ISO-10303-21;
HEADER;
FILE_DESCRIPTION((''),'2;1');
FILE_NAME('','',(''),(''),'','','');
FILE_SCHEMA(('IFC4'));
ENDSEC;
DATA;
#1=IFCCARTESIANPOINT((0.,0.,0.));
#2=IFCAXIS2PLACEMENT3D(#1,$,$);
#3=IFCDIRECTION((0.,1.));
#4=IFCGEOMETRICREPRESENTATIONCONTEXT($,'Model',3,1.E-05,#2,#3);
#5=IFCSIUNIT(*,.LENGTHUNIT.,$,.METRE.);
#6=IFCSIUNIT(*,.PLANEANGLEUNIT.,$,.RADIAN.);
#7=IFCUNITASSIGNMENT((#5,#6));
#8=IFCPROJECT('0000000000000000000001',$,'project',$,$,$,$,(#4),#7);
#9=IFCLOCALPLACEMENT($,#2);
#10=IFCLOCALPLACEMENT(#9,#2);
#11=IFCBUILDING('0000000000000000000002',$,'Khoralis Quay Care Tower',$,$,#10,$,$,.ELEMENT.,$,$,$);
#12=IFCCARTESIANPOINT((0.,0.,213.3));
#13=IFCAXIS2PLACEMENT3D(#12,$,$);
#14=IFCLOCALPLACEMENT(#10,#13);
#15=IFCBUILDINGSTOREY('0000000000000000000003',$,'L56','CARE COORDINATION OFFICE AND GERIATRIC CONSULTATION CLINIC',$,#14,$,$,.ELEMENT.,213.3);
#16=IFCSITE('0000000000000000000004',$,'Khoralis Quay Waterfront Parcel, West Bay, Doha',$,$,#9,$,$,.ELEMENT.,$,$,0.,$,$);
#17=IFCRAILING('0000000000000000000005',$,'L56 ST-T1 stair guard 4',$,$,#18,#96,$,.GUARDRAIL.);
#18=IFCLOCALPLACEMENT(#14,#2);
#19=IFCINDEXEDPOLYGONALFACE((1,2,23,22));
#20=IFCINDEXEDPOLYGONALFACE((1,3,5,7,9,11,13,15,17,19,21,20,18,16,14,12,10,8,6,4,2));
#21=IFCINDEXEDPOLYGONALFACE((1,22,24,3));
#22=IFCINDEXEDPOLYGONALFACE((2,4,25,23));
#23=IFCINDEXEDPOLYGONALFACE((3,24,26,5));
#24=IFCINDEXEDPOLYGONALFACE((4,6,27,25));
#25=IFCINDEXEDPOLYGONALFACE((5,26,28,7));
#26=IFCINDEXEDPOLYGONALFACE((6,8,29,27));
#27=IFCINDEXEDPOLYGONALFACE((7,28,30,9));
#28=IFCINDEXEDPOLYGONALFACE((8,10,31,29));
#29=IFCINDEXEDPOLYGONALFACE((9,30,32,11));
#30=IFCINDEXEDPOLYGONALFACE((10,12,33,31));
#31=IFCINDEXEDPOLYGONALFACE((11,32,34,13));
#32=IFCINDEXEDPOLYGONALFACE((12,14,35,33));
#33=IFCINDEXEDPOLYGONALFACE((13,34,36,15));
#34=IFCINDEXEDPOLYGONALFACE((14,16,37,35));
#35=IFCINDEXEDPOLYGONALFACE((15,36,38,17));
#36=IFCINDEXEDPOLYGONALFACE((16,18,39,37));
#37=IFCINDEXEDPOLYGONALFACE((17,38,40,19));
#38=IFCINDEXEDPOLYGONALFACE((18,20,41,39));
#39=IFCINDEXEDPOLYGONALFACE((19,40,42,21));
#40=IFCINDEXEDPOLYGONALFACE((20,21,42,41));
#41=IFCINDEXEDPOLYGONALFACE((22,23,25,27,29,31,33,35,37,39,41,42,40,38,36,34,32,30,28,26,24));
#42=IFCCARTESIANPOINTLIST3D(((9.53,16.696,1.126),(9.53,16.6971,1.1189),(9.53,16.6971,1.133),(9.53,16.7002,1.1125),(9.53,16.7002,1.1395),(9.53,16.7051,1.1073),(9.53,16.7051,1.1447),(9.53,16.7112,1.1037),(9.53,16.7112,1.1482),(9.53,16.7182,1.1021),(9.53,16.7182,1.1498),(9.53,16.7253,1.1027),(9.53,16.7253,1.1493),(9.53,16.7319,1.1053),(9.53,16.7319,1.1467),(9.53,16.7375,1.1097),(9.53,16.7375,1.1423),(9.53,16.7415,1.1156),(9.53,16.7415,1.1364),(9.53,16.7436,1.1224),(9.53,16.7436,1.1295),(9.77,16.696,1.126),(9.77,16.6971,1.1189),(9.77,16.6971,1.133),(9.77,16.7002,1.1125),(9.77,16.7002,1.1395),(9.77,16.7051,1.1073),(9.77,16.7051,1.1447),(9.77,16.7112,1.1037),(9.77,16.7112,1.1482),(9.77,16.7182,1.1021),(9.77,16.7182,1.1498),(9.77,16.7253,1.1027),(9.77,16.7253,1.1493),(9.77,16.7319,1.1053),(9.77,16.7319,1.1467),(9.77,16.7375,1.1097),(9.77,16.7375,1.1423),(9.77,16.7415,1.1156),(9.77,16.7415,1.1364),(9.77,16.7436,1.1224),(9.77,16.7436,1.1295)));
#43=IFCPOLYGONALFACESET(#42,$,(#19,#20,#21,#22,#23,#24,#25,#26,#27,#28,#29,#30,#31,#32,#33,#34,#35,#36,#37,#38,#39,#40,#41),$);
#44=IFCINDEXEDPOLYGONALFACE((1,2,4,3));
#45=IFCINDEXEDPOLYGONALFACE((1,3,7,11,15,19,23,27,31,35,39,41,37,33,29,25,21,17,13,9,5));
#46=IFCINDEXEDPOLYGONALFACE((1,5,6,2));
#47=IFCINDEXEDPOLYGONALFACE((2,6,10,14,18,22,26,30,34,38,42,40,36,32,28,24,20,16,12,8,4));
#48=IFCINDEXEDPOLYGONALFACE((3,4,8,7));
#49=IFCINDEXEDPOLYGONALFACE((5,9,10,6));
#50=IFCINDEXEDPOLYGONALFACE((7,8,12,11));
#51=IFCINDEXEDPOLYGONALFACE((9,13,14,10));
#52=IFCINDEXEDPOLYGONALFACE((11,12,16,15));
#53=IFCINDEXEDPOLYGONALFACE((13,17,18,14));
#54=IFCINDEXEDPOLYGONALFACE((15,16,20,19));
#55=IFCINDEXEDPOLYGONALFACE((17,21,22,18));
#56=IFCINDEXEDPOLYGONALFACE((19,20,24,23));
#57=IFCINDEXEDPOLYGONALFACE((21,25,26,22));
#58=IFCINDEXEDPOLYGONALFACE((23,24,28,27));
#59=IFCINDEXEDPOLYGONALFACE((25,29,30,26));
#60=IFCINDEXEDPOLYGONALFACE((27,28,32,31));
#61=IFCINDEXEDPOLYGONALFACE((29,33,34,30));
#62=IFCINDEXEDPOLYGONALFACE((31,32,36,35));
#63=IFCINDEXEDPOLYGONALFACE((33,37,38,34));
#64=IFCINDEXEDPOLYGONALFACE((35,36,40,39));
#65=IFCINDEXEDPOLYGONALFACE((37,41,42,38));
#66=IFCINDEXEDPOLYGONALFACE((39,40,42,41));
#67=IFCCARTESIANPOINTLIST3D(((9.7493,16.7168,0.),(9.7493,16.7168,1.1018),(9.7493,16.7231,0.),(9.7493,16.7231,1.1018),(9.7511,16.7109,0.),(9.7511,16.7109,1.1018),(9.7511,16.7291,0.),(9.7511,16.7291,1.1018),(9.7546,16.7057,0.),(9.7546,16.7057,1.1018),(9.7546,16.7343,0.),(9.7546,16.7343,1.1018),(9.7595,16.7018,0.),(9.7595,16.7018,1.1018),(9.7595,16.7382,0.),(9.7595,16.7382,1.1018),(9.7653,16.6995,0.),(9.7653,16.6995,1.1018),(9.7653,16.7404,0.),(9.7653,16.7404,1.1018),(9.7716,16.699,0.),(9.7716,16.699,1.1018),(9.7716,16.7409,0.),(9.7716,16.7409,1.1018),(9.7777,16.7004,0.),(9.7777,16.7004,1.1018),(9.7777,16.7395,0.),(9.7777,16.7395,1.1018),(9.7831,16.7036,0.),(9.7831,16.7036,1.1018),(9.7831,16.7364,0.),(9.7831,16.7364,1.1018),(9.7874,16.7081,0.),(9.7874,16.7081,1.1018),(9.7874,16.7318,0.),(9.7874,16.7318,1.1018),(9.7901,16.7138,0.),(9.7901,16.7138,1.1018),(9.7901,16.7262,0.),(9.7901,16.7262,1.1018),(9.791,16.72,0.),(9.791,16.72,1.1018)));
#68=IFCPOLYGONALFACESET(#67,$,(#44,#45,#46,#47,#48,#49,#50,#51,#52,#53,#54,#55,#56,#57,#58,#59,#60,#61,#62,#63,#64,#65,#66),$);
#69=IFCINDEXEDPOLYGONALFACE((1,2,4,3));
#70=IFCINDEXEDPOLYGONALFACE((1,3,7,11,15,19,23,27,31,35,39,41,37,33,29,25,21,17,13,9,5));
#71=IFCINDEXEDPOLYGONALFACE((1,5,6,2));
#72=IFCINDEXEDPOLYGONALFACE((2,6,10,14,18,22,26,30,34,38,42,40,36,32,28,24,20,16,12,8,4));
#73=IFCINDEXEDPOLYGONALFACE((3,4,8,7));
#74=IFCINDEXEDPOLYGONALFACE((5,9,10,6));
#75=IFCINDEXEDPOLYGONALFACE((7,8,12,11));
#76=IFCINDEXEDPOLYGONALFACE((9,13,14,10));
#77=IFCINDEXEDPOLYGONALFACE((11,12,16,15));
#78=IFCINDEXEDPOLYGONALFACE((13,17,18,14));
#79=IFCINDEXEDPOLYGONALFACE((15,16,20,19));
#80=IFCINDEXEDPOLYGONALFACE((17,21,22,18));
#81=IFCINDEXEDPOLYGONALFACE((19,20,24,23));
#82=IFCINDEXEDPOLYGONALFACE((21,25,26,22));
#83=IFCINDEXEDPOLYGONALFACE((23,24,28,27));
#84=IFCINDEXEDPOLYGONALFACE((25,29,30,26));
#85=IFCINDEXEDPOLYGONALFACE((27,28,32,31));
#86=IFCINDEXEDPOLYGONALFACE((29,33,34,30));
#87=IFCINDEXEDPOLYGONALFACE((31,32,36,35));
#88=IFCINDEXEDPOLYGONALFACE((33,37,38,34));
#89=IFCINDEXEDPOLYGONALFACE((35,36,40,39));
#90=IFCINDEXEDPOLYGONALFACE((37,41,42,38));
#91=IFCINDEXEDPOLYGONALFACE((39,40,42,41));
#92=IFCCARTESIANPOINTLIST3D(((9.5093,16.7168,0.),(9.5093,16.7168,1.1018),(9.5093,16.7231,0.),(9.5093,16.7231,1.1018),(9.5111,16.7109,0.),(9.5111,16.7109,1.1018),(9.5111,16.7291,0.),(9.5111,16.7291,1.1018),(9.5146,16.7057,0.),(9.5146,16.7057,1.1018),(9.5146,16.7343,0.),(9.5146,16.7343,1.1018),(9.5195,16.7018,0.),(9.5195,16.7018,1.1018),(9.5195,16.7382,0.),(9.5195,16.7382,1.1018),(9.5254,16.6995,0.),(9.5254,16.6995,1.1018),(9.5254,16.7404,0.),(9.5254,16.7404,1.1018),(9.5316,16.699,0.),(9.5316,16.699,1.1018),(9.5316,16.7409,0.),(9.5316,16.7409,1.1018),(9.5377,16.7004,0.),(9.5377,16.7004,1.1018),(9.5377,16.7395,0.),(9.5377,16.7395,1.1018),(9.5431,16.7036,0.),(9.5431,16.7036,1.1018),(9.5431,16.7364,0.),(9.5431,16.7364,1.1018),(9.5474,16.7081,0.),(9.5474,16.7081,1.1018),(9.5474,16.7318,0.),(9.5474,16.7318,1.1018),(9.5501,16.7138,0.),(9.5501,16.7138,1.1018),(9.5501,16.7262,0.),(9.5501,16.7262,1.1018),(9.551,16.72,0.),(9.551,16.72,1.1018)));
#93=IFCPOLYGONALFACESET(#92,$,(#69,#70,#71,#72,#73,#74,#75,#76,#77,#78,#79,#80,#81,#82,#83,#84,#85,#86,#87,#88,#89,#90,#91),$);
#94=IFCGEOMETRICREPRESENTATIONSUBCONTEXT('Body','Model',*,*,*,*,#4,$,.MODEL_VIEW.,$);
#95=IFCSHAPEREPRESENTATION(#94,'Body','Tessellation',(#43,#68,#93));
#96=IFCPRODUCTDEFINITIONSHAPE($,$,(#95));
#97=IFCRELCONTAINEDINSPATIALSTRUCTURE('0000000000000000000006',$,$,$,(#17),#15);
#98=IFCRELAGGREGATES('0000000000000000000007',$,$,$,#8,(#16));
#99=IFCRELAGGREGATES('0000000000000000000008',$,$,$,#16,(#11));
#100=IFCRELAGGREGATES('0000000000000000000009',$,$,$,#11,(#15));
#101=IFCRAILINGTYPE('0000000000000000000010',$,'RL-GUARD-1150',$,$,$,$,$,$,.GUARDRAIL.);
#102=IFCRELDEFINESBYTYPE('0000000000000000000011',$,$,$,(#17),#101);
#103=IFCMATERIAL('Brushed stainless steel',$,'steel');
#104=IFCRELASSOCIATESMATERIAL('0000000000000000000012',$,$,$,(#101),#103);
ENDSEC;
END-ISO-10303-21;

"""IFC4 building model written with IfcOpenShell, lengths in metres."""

from ifc_helpers import new_model, si_unit, direction, frame, origin, origin_2d, place, context, subcontext, project, spatial, circle, extrude, material, type_object, element, save


model = new_model("IFC4")

# Units and contexts
model_context = context("Model", 3, precision=1e-05, world=origin(), true_north=direction((0.0, 1.0)))
body_context = subcontext(model_context, "Body", "Model", "MODEL_VIEW")
ifc_project = project(units=[si_unit("LENGTHUNIT", "METRE"), si_unit("PLANEANGLEUNIT", "RADIAN")], contexts=[model_context])

# Site, building, storey
site_placement = place(None, origin())
site = spatial("IfcSite", under=ifc_project, at=site_placement, Name="Khoralis Quay Waterfront Parcel, West Bay, Doha", CompositionType="ELEMENT", RefElevation=0.0)
building_placement = place(site_placement, origin())
building = spatial("IfcBuilding", under=site, at=building_placement, Name="Khoralis Quay Care Tower", CompositionType="ELEMENT")
storey_placement = place(building_placement, frame((0.0, 0.0, 213.3)))
storey = spatial("IfcBuildingStorey", under=building, at=storey_placement, Name="L56", Description="CARE COORDINATION OFFICE AND GERIATRIC CONSULTATION CLINIC", CompositionType="ELEMENT", Elevation=213.3)

# Shared definitions
ifc_material_1 = material(Name="Brushed stainless steel", Category="steel")

# Railing
railing_type = type_object("IfcRailingType", Name="RL-GUARD-1150", PredefinedType="GUARDRAIL", material=ifc_material_1)
railing_1_placement = place(storey_placement, frame((9.77, 16.72, 0.0)))
element("IfcRailing", 1, at=railing_1_placement, inside=storey, type_object=railing_type, Name="L56 ST-T1 stair guard 4", PredefinedType="GUARDRAIL", context=body_context, shape_type="SweptSolid", body=[
    extrude(circle(Radius=0.0239, at=origin_2d()), frame((0.0, 0.0, 1.126), z_axis=(-1.0, 0.0, 0.0), x_axis=(0.0, -1.0, 0.0)), (0.0, 0.0, 1.0), 0.24),
    extrude(circle(Radius=0.021, at=origin_2d()), origin(), (0.0, 0.0, 1.0), 1.1018),
    extrude(circle(Radius=0.021, at=origin_2d()), frame((-0.24, 0.0, 0.0)), (0.0, 0.0, 1.0), 1.1018),
])

save(model, "model.ifc")
